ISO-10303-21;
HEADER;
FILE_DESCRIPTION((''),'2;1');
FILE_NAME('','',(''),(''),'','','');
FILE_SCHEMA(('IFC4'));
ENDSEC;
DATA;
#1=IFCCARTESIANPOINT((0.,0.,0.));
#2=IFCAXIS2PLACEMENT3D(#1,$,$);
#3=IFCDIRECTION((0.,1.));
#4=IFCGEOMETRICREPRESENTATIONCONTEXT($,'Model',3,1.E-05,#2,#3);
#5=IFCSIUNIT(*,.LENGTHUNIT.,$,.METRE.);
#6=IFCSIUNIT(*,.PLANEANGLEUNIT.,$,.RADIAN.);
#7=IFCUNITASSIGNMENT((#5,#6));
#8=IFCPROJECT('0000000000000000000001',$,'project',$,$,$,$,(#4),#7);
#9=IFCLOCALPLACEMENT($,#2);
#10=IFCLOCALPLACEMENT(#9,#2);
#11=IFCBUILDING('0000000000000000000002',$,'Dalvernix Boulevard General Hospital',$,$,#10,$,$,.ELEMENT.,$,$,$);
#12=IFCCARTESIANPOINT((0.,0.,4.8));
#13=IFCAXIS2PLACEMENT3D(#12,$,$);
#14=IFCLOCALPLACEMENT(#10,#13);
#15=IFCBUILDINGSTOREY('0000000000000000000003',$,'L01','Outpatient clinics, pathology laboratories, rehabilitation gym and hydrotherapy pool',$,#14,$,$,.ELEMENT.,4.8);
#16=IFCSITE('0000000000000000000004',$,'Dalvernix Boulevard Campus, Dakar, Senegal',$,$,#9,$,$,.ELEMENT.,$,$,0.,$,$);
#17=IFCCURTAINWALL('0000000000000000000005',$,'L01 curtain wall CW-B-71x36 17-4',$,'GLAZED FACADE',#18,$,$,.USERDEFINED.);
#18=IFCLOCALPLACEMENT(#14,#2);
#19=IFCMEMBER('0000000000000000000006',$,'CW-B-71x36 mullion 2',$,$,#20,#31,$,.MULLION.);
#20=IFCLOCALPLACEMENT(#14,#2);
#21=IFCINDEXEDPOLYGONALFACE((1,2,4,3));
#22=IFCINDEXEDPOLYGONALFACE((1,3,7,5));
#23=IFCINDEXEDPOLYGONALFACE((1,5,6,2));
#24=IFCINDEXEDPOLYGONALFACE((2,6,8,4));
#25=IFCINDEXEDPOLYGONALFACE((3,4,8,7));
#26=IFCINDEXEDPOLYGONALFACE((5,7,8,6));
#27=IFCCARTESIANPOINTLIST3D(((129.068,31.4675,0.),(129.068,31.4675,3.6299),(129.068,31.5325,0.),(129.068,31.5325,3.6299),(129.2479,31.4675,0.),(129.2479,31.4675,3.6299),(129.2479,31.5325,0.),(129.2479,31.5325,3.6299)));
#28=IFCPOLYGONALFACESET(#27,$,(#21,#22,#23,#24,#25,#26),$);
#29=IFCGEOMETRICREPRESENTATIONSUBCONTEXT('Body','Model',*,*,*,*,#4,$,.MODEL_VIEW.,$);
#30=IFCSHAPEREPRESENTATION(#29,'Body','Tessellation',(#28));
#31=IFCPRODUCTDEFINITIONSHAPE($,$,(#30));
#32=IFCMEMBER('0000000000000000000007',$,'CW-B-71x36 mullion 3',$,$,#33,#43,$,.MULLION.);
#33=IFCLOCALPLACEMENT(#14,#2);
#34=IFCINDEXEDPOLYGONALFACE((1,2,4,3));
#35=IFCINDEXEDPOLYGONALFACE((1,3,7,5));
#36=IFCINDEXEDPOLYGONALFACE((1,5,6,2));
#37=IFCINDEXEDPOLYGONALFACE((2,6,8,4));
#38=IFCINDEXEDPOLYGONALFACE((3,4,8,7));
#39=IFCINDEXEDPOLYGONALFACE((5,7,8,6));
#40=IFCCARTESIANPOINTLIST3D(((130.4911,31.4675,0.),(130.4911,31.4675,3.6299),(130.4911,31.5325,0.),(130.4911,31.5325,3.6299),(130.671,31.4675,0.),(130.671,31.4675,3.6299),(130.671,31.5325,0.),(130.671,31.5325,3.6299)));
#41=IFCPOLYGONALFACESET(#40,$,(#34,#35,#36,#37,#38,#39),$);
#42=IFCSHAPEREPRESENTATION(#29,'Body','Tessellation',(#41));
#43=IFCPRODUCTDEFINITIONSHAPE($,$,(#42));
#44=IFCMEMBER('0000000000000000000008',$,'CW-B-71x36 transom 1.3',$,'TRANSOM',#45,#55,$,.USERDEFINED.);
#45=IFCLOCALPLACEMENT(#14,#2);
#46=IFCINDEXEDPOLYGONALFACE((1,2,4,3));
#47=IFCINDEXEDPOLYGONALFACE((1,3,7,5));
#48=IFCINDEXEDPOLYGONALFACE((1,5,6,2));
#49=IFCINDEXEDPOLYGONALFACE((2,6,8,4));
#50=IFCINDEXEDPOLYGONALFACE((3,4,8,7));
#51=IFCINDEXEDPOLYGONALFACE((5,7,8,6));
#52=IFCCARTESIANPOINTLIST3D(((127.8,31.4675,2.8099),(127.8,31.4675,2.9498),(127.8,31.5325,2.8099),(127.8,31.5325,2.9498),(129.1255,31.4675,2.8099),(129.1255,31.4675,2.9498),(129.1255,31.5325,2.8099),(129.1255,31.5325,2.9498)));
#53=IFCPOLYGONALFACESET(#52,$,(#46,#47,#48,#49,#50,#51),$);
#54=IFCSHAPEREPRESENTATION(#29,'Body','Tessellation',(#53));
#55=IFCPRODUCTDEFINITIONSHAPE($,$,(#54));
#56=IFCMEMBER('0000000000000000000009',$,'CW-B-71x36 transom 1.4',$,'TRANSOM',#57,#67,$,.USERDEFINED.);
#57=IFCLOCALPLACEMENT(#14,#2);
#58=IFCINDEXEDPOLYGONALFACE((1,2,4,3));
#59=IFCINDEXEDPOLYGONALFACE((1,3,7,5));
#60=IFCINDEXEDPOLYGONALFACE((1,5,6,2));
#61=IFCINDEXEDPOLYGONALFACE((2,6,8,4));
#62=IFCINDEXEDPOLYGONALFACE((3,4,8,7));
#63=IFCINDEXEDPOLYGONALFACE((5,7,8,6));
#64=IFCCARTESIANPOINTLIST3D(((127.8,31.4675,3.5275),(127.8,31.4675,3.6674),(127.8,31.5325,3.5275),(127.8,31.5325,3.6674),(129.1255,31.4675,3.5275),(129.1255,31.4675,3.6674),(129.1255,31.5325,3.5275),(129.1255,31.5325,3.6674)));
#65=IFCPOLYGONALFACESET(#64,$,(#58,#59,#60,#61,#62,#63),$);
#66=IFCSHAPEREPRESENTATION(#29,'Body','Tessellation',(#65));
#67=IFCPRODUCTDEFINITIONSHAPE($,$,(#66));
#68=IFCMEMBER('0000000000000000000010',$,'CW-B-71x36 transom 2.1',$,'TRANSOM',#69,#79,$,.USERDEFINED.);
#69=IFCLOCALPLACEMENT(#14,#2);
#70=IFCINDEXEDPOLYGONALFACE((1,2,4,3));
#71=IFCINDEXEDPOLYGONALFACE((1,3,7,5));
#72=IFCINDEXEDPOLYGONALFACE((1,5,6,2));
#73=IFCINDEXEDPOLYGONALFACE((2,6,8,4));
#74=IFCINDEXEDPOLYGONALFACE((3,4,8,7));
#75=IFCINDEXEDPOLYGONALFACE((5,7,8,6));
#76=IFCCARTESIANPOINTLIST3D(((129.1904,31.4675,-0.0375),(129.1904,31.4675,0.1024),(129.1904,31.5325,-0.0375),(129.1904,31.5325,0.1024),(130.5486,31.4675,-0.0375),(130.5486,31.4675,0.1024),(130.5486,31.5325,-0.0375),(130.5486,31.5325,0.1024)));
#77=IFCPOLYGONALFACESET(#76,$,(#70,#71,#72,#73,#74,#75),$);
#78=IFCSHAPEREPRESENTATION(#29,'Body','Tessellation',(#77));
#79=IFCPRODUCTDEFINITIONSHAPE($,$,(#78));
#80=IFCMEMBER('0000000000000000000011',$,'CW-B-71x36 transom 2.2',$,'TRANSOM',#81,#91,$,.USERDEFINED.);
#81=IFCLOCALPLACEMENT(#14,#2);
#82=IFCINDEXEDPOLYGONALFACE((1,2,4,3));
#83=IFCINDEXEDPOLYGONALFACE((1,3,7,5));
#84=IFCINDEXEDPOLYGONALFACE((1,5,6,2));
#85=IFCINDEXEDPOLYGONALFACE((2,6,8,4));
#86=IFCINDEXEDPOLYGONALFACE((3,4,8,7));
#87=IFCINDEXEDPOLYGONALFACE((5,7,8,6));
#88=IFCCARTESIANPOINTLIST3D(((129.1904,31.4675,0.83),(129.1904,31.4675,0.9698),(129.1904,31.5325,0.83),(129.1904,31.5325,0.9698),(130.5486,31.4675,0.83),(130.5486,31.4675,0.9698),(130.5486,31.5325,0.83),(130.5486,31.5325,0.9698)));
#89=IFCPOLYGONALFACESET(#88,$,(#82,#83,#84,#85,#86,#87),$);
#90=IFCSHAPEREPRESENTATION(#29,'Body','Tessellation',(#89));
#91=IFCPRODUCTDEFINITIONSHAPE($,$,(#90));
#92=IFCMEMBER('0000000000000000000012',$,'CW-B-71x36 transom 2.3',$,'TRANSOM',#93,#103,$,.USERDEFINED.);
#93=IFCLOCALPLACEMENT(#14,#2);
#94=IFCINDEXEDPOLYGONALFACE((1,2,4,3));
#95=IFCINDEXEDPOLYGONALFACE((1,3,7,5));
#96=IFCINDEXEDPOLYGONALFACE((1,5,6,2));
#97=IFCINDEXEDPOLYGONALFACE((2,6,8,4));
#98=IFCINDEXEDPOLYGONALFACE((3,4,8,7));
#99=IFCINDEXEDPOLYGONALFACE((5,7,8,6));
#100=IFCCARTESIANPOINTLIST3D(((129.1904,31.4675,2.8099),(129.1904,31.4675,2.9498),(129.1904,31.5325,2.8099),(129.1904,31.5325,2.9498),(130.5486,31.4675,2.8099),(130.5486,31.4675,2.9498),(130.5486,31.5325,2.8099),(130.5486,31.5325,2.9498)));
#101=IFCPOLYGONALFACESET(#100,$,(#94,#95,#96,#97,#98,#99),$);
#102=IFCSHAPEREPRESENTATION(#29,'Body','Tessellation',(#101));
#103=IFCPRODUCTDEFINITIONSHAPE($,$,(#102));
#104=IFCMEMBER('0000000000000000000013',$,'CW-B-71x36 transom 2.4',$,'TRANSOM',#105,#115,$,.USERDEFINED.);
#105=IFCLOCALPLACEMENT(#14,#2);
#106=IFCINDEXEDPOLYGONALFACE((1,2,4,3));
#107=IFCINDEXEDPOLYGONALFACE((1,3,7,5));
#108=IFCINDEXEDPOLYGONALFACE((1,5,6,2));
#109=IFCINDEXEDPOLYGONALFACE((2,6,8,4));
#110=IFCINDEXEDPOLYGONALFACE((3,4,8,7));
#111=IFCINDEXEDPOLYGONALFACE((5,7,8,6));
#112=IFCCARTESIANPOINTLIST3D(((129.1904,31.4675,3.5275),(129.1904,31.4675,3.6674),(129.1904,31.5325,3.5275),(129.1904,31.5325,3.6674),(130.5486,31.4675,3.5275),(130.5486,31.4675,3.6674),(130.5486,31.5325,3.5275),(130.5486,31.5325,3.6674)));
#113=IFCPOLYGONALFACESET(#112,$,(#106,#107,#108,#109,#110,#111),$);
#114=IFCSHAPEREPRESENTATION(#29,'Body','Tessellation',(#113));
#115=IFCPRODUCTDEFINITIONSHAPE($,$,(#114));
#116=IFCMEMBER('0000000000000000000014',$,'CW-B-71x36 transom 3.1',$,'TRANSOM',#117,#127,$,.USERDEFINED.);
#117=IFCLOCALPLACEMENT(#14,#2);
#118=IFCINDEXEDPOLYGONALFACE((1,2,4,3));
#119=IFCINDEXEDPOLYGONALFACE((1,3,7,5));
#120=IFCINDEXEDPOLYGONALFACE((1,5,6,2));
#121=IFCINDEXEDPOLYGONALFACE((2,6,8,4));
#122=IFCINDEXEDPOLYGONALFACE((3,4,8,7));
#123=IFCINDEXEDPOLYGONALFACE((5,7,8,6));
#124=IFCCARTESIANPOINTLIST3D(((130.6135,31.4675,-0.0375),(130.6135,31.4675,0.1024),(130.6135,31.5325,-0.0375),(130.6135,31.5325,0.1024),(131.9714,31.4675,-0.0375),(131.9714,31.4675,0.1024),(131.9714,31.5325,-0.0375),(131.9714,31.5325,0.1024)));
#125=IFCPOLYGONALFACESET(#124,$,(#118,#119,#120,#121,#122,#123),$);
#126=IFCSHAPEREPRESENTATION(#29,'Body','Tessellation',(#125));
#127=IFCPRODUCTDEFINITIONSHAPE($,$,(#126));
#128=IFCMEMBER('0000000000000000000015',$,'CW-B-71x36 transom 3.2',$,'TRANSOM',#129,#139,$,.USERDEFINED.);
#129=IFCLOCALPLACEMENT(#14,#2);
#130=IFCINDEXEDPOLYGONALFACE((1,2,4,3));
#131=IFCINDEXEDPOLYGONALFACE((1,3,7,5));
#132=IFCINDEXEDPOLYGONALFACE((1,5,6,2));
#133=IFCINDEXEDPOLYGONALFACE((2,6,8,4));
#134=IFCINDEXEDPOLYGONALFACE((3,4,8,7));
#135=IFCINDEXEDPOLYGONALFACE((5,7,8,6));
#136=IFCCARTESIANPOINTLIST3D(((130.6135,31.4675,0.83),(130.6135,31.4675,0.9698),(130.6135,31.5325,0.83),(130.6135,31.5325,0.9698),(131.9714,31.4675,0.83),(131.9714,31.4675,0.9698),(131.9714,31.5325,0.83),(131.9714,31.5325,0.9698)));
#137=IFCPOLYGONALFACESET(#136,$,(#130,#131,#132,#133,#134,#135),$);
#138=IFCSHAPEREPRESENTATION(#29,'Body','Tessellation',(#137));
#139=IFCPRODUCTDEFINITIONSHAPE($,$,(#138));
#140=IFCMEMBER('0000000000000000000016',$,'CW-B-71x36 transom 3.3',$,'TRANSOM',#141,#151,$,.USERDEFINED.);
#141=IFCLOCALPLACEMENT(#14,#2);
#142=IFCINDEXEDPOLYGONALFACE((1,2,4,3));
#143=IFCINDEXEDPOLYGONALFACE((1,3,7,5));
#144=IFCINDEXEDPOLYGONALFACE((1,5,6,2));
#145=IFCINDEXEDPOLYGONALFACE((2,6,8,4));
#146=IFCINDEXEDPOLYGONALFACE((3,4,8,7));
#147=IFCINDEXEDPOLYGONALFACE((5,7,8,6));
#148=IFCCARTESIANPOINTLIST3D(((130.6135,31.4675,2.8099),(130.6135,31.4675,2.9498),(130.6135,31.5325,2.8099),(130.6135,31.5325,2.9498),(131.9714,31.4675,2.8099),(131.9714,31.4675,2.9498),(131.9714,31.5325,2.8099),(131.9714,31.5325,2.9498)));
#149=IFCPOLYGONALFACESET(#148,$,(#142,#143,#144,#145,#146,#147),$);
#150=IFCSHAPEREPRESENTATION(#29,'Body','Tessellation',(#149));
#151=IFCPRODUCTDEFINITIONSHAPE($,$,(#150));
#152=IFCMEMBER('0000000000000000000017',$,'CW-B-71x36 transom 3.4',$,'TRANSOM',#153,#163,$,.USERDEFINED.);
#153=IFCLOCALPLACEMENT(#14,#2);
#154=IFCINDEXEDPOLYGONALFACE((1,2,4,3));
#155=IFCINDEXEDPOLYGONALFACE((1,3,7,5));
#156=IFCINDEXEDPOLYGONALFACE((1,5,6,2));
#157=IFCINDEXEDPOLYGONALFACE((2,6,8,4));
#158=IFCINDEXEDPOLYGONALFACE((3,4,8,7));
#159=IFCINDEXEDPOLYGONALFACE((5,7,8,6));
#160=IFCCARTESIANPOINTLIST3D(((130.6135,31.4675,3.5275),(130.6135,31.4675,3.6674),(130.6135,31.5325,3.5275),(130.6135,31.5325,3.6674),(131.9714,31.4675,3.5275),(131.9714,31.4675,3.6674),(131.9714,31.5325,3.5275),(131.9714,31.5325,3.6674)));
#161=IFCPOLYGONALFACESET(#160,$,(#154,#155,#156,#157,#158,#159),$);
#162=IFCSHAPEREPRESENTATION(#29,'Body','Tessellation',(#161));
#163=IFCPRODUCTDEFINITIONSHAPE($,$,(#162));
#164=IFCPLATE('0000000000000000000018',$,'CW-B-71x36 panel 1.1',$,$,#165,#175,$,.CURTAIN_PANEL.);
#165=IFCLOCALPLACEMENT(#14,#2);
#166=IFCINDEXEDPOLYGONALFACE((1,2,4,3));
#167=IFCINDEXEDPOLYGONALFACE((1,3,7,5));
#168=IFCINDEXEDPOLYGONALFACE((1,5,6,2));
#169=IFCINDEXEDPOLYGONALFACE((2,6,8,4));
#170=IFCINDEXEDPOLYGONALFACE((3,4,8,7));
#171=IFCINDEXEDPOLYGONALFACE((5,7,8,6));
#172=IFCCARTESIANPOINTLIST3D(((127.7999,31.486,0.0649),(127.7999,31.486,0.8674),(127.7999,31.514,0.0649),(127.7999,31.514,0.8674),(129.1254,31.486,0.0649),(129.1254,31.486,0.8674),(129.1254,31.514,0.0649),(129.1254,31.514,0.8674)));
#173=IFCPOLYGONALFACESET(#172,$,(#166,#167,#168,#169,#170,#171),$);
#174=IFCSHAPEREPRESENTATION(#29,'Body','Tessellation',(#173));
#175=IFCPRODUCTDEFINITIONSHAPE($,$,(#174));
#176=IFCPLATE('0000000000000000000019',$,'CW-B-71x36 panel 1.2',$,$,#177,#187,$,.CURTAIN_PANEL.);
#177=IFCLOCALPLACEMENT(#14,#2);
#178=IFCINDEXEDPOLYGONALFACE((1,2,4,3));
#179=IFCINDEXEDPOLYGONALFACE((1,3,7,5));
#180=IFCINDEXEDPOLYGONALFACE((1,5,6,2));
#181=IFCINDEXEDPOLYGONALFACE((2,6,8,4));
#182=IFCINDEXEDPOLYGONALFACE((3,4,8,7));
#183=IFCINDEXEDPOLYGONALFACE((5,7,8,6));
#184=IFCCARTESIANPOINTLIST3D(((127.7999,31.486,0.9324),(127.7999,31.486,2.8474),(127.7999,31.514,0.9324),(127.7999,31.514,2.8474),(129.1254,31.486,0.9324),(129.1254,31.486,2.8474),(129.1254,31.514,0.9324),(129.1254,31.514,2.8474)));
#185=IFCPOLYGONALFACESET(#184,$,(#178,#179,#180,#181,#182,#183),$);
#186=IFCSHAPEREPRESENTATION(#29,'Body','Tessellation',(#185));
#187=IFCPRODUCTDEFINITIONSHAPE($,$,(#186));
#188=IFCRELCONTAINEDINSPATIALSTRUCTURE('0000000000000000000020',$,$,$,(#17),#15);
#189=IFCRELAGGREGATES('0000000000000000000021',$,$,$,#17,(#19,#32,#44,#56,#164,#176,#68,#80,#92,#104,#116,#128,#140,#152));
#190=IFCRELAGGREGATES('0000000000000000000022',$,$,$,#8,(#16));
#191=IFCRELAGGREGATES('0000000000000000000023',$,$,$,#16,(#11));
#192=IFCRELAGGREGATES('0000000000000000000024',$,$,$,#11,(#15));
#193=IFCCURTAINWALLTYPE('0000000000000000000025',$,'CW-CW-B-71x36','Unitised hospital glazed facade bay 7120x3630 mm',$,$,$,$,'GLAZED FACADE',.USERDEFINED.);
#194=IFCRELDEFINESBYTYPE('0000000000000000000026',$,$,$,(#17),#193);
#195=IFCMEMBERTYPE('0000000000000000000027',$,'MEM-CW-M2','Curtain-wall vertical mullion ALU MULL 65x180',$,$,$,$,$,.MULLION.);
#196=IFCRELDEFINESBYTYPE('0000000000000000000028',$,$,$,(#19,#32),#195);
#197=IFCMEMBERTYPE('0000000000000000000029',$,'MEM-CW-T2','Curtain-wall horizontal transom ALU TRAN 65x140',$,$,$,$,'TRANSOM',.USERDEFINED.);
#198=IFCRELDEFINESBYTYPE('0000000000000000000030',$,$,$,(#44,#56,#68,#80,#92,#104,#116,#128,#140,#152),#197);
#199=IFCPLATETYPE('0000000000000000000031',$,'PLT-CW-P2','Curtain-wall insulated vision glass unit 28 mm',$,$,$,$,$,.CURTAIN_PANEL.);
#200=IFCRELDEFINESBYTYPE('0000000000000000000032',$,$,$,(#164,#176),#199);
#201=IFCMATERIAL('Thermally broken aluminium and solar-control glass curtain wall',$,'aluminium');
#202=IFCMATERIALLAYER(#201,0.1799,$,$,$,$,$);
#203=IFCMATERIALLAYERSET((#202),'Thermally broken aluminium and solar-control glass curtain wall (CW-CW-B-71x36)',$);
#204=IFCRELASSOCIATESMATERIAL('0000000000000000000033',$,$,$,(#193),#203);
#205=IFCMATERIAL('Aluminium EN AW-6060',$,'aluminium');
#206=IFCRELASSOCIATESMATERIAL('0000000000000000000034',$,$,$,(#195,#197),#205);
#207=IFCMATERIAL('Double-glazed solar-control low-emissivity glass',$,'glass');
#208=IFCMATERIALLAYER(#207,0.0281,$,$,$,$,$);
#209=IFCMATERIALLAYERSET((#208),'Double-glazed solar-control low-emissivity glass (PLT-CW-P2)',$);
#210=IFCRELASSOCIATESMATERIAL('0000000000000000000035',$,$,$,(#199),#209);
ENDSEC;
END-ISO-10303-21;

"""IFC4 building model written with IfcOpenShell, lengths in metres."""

from ifc_helpers import new_model, si_unit, direction, frame, origin, origin_2d, place, context, subcontext, project, spatial, rectangle, extrude, material, layer, layer_set, material_profile, profile_set, type_object, element, aggregate, save


model = new_model("IFC4")

# Units and contexts
model_context = context("Model", 3, precision=1e-05, world=origin(), true_north=direction((0.0, 1.0)))
body_context = subcontext(model_context, "Body", "Model", "MODEL_VIEW")
ifc_project = project(units=[si_unit("LENGTHUNIT", "METRE"), si_unit("PLANEANGLEUNIT", "RADIAN")], contexts=[model_context])

# Site, building, storey
site_placement = place(None, origin())
site = spatial("IfcSite", under=ifc_project, at=site_placement, Name="Dalvernix Boulevard Campus, Dakar, Senegal", CompositionType="ELEMENT", RefElevation=0.0)
building_placement = place(site_placement, origin())
building = spatial("IfcBuilding", under=site, at=building_placement, Name="Dalvernix Boulevard General Hospital", CompositionType="ELEMENT")
storey_placement = place(building_placement, frame((0.0, 0.0, 4.8)))
storey = spatial("IfcBuildingStorey", under=building, at=storey_placement, Name="L01", Description="Outpatient clinics, pathology laboratories, rehabilitation gym and hydrotherapy pool", CompositionType="ELEMENT", Elevation=4.8)

# Curtain wall, members, plates
ifc_material_1 = material(Name="Thermally broken aluminium and solar-control glass curtain wall", Category="aluminium")
ifc_layer_1 = layer(ifc_material_1, 0.1799)
ifc_layer_set_1 = layer_set([ifc_layer_1], Name="Thermally broken aluminium and solar-control glass curtain wall (CW-CW-B-71x36)")
curtain_wall_type = type_object("IfcCurtainWallType", Name="CW-CW-B-71x36", Description="Unitised hospital glazed facade bay 7120x3630 mm", ElementType="GLAZED FACADE", PredefinedType="USERDEFINED", material=ifc_layer_set_1)
curtain_wall_placement = place(storey_placement, origin())
curtain_wall = element("IfcCurtainWall", 1, at=curtain_wall_placement, inside=storey, type_object=curtain_wall_type, Name="L01 curtain wall CW-B-71x36 17-4", ObjectType="GLAZED FACADE", PredefinedType="USERDEFINED")
ifc_material_2 = material(Name="Aluminium EN AW-6060", Category="aluminium")
ifc_material_profile_1 = material_profile(ifc_material_2, rectangle(XDim=0.0649, YDim=0.1799, at=origin_2d()), Name="ALU MULL 65x180")
ifc_profile_set_1 = profile_set([ifc_material_profile_1], Name="Aluminium EN AW-6060")
member_type_1 = type_object("IfcMemberType", Name="MEM-CW-M2", Description="Curtain-wall vertical mullion ALU MULL 65x180", PredefinedType="MULLION", material=ifc_profile_set_1)
member_1_placement = place(storey_placement, frame((129.158, 31.5, 0.0), z_axis=(0.0, 0.0, 1.0), x_axis=(0.0, 1.0, 0.0)))
member_1 = element("IfcMember", 2, at=member_1_placement, type_object=member_type_1, Name="CW-B-71x36 mullion 2", PredefinedType="MULLION", context=body_context, shape_type="SweptSolid", body=[
    extrude(rectangle(XDim=0.0649, YDim=0.1799, at=origin_2d()), origin(), (0.0, 0.0, 1.0), 3.6299),
])
member_2_placement = place(storey_placement, frame((130.5811, 31.5, 0.0), z_axis=(0.0, 0.0, 1.0), x_axis=(0.0, 1.0, 0.0)))
member_2 = element("IfcMember", 3, at=member_2_placement, type_object=member_type_1, Name="CW-B-71x36 mullion 3", PredefinedType="MULLION", context=body_context, shape_type="SweptSolid", body=[
    extrude(rectangle(XDim=0.0649, YDim=0.1799, at=origin_2d()), origin(), (0.0, 0.0, 1.0), 3.6299),
])
ifc_material_profile_2 = material_profile(ifc_material_2, rectangle(XDim=0.0649, YDim=0.1399, at=origin_2d()), Name="ALU TRAN 65x140")
ifc_profile_set_2 = profile_set([ifc_material_profile_2], Name="Aluminium EN AW-6060")
member_type_2 = type_object("IfcMemberType", Name="MEM-CW-T2", Description="Curtain-wall horizontal transom ALU TRAN 65x140", ElementType="TRANSOM", PredefinedType="USERDEFINED", material=ifc_profile_set_2)
member_3_placement = place(storey_placement, frame((127.8, 31.5, 2.8799), z_axis=(1.0, 0.0, 0.0), x_axis=(0.0, 1.0, 0.0)))
member_3 = element("IfcMember", 4, at=member_3_placement, type_object=member_type_2, Name="CW-B-71x36 transom 1.3", ObjectType="TRANSOM", PredefinedType="USERDEFINED", context=body_context, shape_type="SweptSolid", body=[
    extrude(rectangle(XDim=0.0649, YDim=0.1399, at=origin_2d()), origin(), (0.0, 0.0, 1.0), 1.3254),
])
member_4_placement = place(storey_placement, frame((127.8, 31.5, 3.5974), z_axis=(1.0, 0.0, 0.0), x_axis=(0.0, 1.0, 0.0)))
member_4 = element("IfcMember", 5, at=member_4_placement, type_object=member_type_2, Name="CW-B-71x36 transom 1.4", ObjectType="TRANSOM", PredefinedType="USERDEFINED", context=body_context, shape_type="SweptSolid", body=[
    extrude(rectangle(XDim=0.0649, YDim=0.1399, at=origin_2d()), origin(), (0.0, 0.0, 1.0), 1.3254),
])
member_5_placement = place(storey_placement, frame((129.1904, 31.5, 0.0325), z_axis=(1.0, 0.0, 0.0), x_axis=(0.0, 1.0, 0.0)))
member_5 = element("IfcMember", 6, at=member_5_placement, type_object=member_type_2, Name="CW-B-71x36 transom 2.1", ObjectType="TRANSOM", PredefinedType="USERDEFINED", context=body_context, shape_type="SweptSolid", body=[
    extrude(rectangle(XDim=0.0649, YDim=0.1399, at=origin_2d()), origin(), (0.0, 0.0, 1.0), 1.3582),
])
member_6_placement = place(storey_placement, frame((129.1904, 31.5, 0.8999), z_axis=(1.0, 0.0, 0.0), x_axis=(0.0, 1.0, 0.0)))
member_6 = element("IfcMember", 7, at=member_6_placement, type_object=member_type_2, Name="CW-B-71x36 transom 2.2", ObjectType="TRANSOM", PredefinedType="USERDEFINED", context=body_context, shape_type="SweptSolid", body=[
    extrude(rectangle(XDim=0.0649, YDim=0.1399, at=origin_2d()), origin(), (0.0, 0.0, 1.0), 1.3582),
])
member_7_placement = place(storey_placement, frame((129.1904, 31.5, 2.8799), z_axis=(1.0, 0.0, 0.0), x_axis=(0.0, 1.0, 0.0)))
member_7 = element("IfcMember", 8, at=member_7_placement, type_object=member_type_2, Name="CW-B-71x36 transom 2.3", ObjectType="TRANSOM", PredefinedType="USERDEFINED", context=body_context, shape_type="SweptSolid", body=[
    extrude(rectangle(XDim=0.0649, YDim=0.1399, at=origin_2d()), origin(), (0.0, 0.0, 1.0), 1.3582),
])
member_8_placement = place(storey_placement, frame((129.1904, 31.5, 3.5974), z_axis=(1.0, 0.0, 0.0), x_axis=(0.0, 1.0, 0.0)))
member_8 = element("IfcMember", 9, at=member_8_placement, type_object=member_type_2, Name="CW-B-71x36 transom 2.4", ObjectType="TRANSOM", PredefinedType="USERDEFINED", context=body_context, shape_type="SweptSolid", body=[
    extrude(rectangle(XDim=0.0649, YDim=0.1399, at=origin_2d()), origin(), (0.0, 0.0, 1.0), 1.3582),
])
member_9_placement = place(storey_placement, frame((130.6135, 31.5, 0.0325), z_axis=(1.0, 0.0, 0.0), x_axis=(0.0, 1.0, 0.0)))
member_9 = element("IfcMember", 10, at=member_9_placement, type_object=member_type_2, Name="CW-B-71x36 transom 3.1", ObjectType="TRANSOM", PredefinedType="USERDEFINED", context=body_context, shape_type="SweptSolid", body=[
    extrude(rectangle(XDim=0.0649, YDim=0.1399, at=origin_2d()), origin(), (0.0, 0.0, 1.0), 1.3579),
])
member_10_placement = place(storey_placement, frame((130.6135, 31.5, 0.8999), z_axis=(1.0, 0.0, 0.0), x_axis=(0.0, 1.0, 0.0)))
member_10 = element("IfcMember", 11, at=member_10_placement, type_object=member_type_2, Name="CW-B-71x36 transom 3.2", ObjectType="TRANSOM", PredefinedType="USERDEFINED", context=body_context, shape_type="SweptSolid", body=[
    extrude(rectangle(XDim=0.0649, YDim=0.1399, at=origin_2d()), origin(), (0.0, 0.0, 1.0), 1.3579),
])
member_11_placement = place(storey_placement, frame((130.6135, 31.5, 2.8799), z_axis=(1.0, 0.0, 0.0), x_axis=(0.0, 1.0, 0.0)))
member_11 = element("IfcMember", 12, at=member_11_placement, type_object=member_type_2, Name="CW-B-71x36 transom 3.3", ObjectType="TRANSOM", PredefinedType="USERDEFINED", context=body_context, shape_type="SweptSolid", body=[
    extrude(rectangle(XDim=0.0649, YDim=0.1399, at=origin_2d()), origin(), (0.0, 0.0, 1.0), 1.3579),
])
member_12_placement = place(storey_placement, frame((130.6135, 31.5, 3.5974), z_axis=(1.0, 0.0, 0.0), x_axis=(0.0, 1.0, 0.0)))
member_12 = element("IfcMember", 13, at=member_12_placement, type_object=member_type_2, Name="CW-B-71x36 transom 3.4", ObjectType="TRANSOM", PredefinedType="USERDEFINED", context=body_context, shape_type="SweptSolid", body=[
    extrude(rectangle(XDim=0.0649, YDim=0.1399, at=origin_2d()), origin(), (0.0, 0.0, 1.0), 1.3579),
])
ifc_material_3 = material(Name="Double-glazed solar-control low-emissivity glass", Category="glass")
ifc_layer_2 = layer(ifc_material_3, 0.0281)
ifc_layer_set_2 = layer_set([ifc_layer_2], Name="Double-glazed solar-control low-emissivity glass (PLT-CW-P2)")
plate_type = type_object("IfcPlateType", Name="PLT-CW-P2", Description="Curtain-wall insulated vision glass unit 28 mm", PredefinedType="CURTAIN_PANEL", material=ifc_layer_set_2)
plate_1_placement = place(storey_placement, frame((128.4626, 31.5, 0.0649), z_axis=(0.0, 0.0, 1.0), x_axis=(1.0, 0.0, 0.0)))
plate_1 = element("IfcPlate", 14, at=plate_1_placement, type_object=plate_type, Name="CW-B-71x36 panel 1.1", PredefinedType="CURTAIN_PANEL", context=body_context, shape_type="SweptSolid", body=[
    extrude(rectangle(XDim=1.3254, YDim=0.0281, at=origin_2d()), origin(), (0.0, 0.0, 1.0), 0.8025),
])
plate_2_placement = place(storey_placement, frame((128.4626, 31.5, 0.9324), z_axis=(0.0, 0.0, 1.0), x_axis=(1.0, 0.0, 0.0)))
plate_2 = element("IfcPlate", 15, at=plate_2_placement, type_object=plate_type, Name="CW-B-71x36 panel 1.2", PredefinedType="CURTAIN_PANEL", context=body_context, shape_type="SweptSolid", body=[
    extrude(rectangle(XDim=1.3254, YDim=0.0281, at=origin_2d()), origin(), (0.0, 0.0, 1.0), 1.915),
])
aggregate(curtain_wall, [member_1, member_2, member_3, member_4, plate_1, plate_2, member_5, member_6, member_7, member_8, member_9, member_10, member_11, member_12])

save(model, "model.ifc")
